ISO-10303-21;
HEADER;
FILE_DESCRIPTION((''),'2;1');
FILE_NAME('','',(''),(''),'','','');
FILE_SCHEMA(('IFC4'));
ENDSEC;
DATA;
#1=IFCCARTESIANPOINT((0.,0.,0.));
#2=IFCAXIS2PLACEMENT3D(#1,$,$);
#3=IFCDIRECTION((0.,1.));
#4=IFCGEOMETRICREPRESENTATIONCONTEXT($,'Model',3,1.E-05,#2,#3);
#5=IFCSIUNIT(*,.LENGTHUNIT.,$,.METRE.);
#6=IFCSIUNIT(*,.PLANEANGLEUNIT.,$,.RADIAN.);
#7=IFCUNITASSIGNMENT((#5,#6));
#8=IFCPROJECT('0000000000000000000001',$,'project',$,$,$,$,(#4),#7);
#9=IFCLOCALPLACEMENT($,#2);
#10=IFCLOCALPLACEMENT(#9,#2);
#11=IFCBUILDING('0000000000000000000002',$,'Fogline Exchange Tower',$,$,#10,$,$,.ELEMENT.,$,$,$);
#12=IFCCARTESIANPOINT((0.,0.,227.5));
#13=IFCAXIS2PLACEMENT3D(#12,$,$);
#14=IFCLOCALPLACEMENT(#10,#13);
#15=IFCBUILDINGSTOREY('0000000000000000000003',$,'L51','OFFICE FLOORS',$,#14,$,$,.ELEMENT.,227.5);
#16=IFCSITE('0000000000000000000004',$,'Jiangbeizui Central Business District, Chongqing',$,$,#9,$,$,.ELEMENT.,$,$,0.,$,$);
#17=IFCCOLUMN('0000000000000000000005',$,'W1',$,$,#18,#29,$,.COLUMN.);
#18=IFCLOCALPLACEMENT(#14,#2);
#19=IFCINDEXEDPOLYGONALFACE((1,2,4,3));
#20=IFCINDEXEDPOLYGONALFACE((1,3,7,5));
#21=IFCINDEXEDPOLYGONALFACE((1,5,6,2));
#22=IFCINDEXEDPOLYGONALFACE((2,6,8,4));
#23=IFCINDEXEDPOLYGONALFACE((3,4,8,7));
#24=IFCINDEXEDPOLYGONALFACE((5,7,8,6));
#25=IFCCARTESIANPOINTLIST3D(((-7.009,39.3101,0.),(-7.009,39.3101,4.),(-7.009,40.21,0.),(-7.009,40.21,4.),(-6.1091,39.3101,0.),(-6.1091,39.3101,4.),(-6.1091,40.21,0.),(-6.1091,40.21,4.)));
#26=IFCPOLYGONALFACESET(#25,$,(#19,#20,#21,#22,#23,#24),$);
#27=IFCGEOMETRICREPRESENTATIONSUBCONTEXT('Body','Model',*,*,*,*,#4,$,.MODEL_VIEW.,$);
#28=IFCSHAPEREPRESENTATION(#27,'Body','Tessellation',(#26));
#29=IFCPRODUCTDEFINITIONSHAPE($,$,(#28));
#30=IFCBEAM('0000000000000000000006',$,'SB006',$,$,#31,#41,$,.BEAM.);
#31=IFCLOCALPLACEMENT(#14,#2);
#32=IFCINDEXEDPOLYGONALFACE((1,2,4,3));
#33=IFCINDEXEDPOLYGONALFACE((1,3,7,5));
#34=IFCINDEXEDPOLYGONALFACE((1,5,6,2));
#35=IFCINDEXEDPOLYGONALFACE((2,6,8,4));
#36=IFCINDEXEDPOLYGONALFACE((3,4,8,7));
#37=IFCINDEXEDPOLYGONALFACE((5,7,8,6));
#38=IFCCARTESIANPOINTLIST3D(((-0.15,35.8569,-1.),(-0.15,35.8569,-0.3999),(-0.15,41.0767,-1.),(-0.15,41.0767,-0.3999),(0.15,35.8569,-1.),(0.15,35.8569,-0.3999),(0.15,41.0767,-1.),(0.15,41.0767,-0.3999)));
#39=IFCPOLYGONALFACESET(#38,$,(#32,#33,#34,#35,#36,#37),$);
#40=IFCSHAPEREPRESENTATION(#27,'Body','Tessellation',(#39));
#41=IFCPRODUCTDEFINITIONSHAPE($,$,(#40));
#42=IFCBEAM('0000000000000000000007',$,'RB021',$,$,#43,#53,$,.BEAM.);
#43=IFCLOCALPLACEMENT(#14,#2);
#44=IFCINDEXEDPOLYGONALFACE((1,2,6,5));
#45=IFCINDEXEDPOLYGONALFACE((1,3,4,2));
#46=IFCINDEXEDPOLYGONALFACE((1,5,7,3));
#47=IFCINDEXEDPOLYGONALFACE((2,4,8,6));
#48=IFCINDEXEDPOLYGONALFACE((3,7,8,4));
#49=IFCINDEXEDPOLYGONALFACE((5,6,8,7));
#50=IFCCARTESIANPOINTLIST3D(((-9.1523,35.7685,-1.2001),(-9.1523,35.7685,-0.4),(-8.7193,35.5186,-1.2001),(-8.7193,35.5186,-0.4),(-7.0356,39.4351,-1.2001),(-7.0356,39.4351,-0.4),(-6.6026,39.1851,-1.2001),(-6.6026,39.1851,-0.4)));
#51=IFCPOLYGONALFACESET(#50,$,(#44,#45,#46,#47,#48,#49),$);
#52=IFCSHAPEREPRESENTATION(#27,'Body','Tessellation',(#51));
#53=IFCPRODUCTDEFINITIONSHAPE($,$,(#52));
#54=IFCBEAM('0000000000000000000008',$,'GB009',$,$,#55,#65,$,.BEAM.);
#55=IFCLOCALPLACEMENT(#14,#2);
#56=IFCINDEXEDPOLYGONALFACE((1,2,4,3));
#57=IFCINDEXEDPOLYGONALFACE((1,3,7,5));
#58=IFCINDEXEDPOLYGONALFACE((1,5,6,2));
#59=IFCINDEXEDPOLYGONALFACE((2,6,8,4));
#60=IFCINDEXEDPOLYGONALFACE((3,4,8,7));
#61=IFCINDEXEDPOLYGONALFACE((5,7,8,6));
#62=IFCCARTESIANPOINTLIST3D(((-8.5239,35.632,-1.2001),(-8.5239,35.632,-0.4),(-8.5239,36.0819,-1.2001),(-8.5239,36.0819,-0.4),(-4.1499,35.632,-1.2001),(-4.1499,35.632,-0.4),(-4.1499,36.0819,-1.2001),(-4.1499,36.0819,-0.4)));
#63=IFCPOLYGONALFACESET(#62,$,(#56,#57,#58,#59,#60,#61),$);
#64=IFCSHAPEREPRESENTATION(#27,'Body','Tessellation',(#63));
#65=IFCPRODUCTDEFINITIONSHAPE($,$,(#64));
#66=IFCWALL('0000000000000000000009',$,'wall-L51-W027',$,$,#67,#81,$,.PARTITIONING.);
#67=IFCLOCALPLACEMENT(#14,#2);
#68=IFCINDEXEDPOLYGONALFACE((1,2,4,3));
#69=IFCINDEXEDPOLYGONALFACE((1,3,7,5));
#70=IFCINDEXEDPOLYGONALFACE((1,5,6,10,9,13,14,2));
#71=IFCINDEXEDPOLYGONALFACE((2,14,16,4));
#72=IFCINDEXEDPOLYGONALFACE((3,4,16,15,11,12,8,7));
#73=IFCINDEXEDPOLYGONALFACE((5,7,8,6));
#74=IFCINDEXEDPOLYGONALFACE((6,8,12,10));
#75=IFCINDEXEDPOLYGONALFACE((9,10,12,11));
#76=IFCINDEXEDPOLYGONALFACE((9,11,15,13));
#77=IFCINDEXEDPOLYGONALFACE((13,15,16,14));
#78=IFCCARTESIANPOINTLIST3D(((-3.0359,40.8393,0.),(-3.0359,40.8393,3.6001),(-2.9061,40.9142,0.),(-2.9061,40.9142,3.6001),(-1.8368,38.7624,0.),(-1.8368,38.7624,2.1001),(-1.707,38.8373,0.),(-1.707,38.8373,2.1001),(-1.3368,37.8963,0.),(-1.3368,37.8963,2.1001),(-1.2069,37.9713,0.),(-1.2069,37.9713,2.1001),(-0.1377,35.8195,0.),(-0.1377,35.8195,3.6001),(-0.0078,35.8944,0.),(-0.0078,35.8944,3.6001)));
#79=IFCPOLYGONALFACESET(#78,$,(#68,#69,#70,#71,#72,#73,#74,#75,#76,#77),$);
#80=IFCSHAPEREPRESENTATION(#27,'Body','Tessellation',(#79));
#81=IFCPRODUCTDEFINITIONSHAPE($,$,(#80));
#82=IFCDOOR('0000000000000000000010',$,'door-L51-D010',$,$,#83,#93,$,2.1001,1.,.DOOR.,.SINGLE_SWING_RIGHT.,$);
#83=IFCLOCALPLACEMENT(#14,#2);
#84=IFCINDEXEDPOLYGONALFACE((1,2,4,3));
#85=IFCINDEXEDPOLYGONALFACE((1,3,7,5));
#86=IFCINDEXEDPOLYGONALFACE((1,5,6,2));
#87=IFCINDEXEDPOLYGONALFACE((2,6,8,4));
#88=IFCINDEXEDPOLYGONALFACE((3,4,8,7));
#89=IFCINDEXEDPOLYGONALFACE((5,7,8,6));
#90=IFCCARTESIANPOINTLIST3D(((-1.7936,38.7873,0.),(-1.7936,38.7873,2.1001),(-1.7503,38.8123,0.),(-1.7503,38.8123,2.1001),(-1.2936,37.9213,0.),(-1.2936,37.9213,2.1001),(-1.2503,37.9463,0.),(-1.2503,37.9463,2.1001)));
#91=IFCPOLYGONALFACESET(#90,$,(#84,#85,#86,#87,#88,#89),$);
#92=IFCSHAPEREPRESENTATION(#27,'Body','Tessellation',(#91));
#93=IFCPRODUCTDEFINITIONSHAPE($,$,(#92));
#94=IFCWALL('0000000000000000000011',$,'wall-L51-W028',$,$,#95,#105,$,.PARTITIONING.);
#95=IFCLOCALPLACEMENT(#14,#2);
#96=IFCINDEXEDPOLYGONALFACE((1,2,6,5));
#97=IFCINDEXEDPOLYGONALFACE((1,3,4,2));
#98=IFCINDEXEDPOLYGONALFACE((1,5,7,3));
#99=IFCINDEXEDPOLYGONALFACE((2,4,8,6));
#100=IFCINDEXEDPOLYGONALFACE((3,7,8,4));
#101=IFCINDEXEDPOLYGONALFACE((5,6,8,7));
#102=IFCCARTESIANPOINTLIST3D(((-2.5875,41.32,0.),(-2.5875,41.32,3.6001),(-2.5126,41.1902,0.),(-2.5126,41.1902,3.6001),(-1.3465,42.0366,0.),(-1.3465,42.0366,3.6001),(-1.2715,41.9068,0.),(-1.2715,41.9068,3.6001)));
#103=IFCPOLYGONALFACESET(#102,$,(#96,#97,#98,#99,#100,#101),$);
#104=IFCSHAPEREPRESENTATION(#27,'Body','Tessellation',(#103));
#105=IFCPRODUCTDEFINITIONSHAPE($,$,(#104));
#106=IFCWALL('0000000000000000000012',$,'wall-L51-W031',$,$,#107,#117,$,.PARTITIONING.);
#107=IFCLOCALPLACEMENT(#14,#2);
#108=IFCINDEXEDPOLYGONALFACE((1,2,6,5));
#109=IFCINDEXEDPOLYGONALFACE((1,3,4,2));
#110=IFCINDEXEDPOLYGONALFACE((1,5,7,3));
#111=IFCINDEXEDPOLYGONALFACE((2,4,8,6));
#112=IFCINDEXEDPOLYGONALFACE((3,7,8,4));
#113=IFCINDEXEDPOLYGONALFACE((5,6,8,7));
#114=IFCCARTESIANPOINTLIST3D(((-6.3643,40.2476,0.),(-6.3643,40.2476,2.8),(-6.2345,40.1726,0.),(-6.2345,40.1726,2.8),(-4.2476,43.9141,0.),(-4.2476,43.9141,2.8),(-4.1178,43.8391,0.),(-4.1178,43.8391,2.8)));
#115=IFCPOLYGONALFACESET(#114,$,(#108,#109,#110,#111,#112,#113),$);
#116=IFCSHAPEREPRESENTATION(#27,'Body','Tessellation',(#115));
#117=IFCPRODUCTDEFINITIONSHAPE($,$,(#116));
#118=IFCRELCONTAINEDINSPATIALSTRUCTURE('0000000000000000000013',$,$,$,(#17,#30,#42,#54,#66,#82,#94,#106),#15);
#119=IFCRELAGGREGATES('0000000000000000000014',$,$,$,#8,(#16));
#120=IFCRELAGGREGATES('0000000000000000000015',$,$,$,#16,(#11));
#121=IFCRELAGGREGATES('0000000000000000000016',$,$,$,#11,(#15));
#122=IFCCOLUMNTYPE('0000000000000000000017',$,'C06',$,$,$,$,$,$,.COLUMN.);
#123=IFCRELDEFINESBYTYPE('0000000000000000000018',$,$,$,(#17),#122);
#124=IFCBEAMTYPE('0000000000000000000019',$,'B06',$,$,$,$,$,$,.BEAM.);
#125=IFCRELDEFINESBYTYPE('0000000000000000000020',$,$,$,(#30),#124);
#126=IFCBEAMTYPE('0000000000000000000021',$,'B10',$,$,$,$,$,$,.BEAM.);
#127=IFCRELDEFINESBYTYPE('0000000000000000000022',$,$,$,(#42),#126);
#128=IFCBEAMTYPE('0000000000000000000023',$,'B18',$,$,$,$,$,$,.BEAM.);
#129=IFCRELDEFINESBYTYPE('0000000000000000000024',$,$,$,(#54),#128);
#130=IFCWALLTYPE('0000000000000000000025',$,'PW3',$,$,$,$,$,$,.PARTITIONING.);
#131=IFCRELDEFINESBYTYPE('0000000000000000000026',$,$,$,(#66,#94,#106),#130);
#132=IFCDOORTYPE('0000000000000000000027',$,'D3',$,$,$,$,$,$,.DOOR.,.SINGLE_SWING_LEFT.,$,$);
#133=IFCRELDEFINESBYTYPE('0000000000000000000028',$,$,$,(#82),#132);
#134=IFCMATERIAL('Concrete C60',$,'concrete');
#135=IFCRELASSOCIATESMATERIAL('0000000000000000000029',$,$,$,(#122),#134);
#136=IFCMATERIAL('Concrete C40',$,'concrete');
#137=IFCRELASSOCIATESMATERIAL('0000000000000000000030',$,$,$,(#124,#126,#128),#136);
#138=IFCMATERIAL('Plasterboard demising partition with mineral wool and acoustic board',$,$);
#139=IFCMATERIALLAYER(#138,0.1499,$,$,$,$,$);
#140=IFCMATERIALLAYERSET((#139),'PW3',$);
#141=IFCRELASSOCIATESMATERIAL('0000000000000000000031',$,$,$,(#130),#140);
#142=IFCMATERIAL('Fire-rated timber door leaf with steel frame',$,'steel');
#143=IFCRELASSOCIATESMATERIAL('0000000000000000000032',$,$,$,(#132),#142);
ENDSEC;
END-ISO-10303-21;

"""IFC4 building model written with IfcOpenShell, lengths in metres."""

from ifc_helpers import new_model, si_unit, direction, frame, frame_2d, origin, origin_2d, place, context, subcontext, project, spatial, rectangle, extrude, material, layer, layer_set, material_profile, profile_set, type_object, element, fill, save


model = new_model("IFC4")

# Units and contexts
model_context = context("Model", 3, precision=1e-05, world=origin(), true_north=direction((0.0, 1.0)))
body_context = subcontext(model_context, "Body", "Model", "MODEL_VIEW")
ifc_project = project(units=[si_unit("LENGTHUNIT", "METRE"), si_unit("PLANEANGLEUNIT", "RADIAN")], contexts=[model_context])

# Site, building, storey
site_placement = place(None, origin())
site = spatial("IfcSite", under=ifc_project, at=site_placement, Name="Jiangbeizui Central Business District, Chongqing", CompositionType="ELEMENT", RefElevation=0.0)
building_placement = place(site_placement, origin())
building = spatial("IfcBuilding", under=site, at=building_placement, Name="Fogline Exchange Tower", CompositionType="ELEMENT")
storey_placement = place(building_placement, frame((0.0, 0.0, 227.5)))
storey = spatial("IfcBuildingStorey", under=building, at=storey_placement, Name="L51", Description="OFFICE FLOORS", CompositionType="ELEMENT", Elevation=227.5)

# Column
ifc_material_1 = material(Name="Concrete C60", Category="concrete")
ifc_material_profile_1 = material_profile(ifc_material_1, rectangle(XDim=0.8999, YDim=0.8999, at=origin_2d()), Name="RC 900x900")
ifc_profile_set_1 = profile_set([ifc_material_profile_1], Name="Concrete C60")
column_type = type_object("IfcColumnType", Name="C06", PredefinedType="COLUMN", material=ifc_profile_set_1)
column_placement = place(storey_placement, frame((-6.5591, 39.76, 0.0), z_axis=(0.0, 0.0, 1.0), x_axis=(1.0, 0.0, 0.0)))
element("IfcColumn", 1, at=column_placement, inside=storey, type_object=column_type, Name="W1", PredefinedType="COLUMN", context=body_context, shape_type="SweptSolid", body=[
    extrude(rectangle(XDim=0.8999, YDim=0.8999, at=origin_2d()), origin(), (0.0, 0.0, 1.0), 4.0),
])

# Beams
ifc_material_2 = material(Name="Concrete C40", Category="concrete")
ifc_material_profile_2 = material_profile(ifc_material_2, rectangle(XDim=0.3, YDim=0.6001, at=origin_2d()), Name="RC 300x600")
ifc_profile_set_2 = profile_set([ifc_material_profile_2], Name="Concrete C40")
beam_type_1 = type_object("IfcBeamType", Name="B06", PredefinedType="BEAM", material=ifc_profile_set_2)
beam_1_placement = place(storey_placement, frame((0.0, 35.8569, -0.7), z_axis=(0.0, 1.0, 0.0), x_axis=(-1.0, 0.0, 0.0)))
element("IfcBeam", 2, at=beam_1_placement, inside=storey, type_object=beam_type_1, Name="SB006", PredefinedType="BEAM", context=body_context, shape_type="SweptSolid", body=[
    extrude(rectangle(XDim=0.3, YDim=0.6001, at=origin_2d()), origin(), (0.0, 0.0, 1.0), 5.2197),
])
ifc_material_profile_3 = material_profile(ifc_material_2, rectangle(XDim=0.5, YDim=0.8, at=origin_2d()), Name="RC 500x800")
ifc_profile_set_3 = profile_set([ifc_material_profile_3], Name="Concrete C40")
beam_type_2 = type_object("IfcBeamType", Name="B10", PredefinedType="BEAM", material=ifc_profile_set_3)
beam_2_placement = place(storey_placement, frame((-6.8191, 39.3101, -0.8), z_axis=(-0.499972, -0.866042, 0.0), x_axis=(0.866042, -0.499972, 0.0)))
element("IfcBeam", 3, at=beam_2_placement, inside=storey, type_object=beam_type_2, Name="RB021", PredefinedType="BEAM", context=body_context, shape_type="SweptSolid", body=[
    extrude(rectangle(XDim=0.5, YDim=0.8, at=origin_2d()), origin(), (0.0, 0.0, 1.0), 4.2336),
])
ifc_material_profile_4 = material_profile(ifc_material_2, rectangle(XDim=0.45, YDim=0.8, at=origin_2d()), Name="RC 450x800")
ifc_profile_set_4 = profile_set([ifc_material_profile_4], Name="Concrete C40")
beam_type_3 = type_object("IfcBeamType", Name="B18", PredefinedType="BEAM", material=ifc_profile_set_4)
beam_3_placement = place(storey_placement, frame((-8.5239, 35.8569, -0.8), z_axis=(1.0, 0.0, 0.0), x_axis=(0.0, 1.0, 0.0)))
element("IfcBeam", 4, at=beam_3_placement, inside=storey, type_object=beam_type_3, Name="GB009", PredefinedType="BEAM", context=body_context, shape_type="SweptSolid", body=[
    extrude(rectangle(XDim=0.45, YDim=0.8, at=origin_2d()), origin(), (0.0, 0.0, 1.0), 4.374),
])

# Wall, opening, door
ifc_material_3 = material(Name="Plasterboard demising partition with mineral wool and acoustic board")
ifc_layer = layer(ifc_material_3, 0.1499)
ifc_layer_set = layer_set([ifc_layer], Name="PW3")
wall_type = type_object("IfcWallType", Name="PW3", PredefinedType="PARTITIONING", material=ifc_layer_set)
wall_1_placement = place(storey_placement, frame((-0.0728, 35.8569, 0.0), z_axis=(0.0, 0.0, 1.0), x_axis=(-0.500003, 0.866024, 0.0)))
wall_1 = element("IfcWall", 5, at=wall_1_placement, inside=storey, type_object=wall_type, Name="wall-L51-W027", PredefinedType="PARTITIONING", context=body_context, shape_type="SweptSolid", body=[
    extrude(rectangle(XDim=5.7964, YDim=0.1499, at=frame_2d((2.8982, 0.0))), origin(), (0.0, 0.0, 1.0), 3.6001),
])
opening_placement = place(wall_1_placement, frame((2.3982, 0.0, 0.0)))
opening = element("IfcOpeningElement", 6, at=opening_placement, cuts=wall_1, PredefinedType="OPENING", context=body_context, shape_type="SweptSolid", body=[
    extrude(rectangle(XDim=1.0, YDim=2.1001, at=frame_2d((0.5, 1.05))), frame((0.0, 0.085, 0.0), z_axis=(0.0, -1.0, 0.0), x_axis=(1.0, 0.0, 0.0)), (0.0, 0.0, 1.0), 0.1699),
])
ifc_material_4 = material(Name="Fire-rated timber door leaf with steel frame", Category="steel")
door_type = type_object("IfcDoorType", Name="D3", OperationType="SINGLE_SWING_LEFT", PredefinedType="DOOR", material=ifc_material_4)
door_placement = place(opening_placement, frame((1.0, 0.0, 0.0), z_axis=(0.0, 0.0, 1.0), x_axis=(-1.0, 0.0, 0.0)))
door = element("IfcDoor", 7, at=door_placement, inside=storey, type_object=door_type, Name="door-L51-D010", OperationType="SINGLE_SWING_RIGHT", OverallHeight=2.1001, OverallWidth=1.0, PredefinedType="DOOR", context=body_context, shape_type="SweptSolid", body=[
    extrude(rectangle(XDim=1.0, YDim=2.1001, at=frame_2d((0.5, 1.05))), frame((0.0, 0.0249, 0.0), z_axis=(0.0, -1.0, 0.0), x_axis=(1.0, 0.0, 0.0)), (0.0, 0.0, 1.0), 0.05),
])
fill(opening, door)

# Walls
wall_2_placement = place(storey_placement, frame((-2.55, 41.2551, 0.0), z_axis=(0.0, 0.0, 1.0), x_axis=(0.866001, 0.500042, 0.0)))
element("IfcWall", 8, at=wall_2_placement, inside=storey, type_object=wall_type, Name="wall-L51-W028", PredefinedType="PARTITIONING", context=body_context, shape_type="SweptSolid", body=[
    extrude(rectangle(XDim=1.4331, YDim=0.1499, at=frame_2d((0.7166, 0.0))), origin(), (0.0, 0.0, 1.0), 3.6001),
])
wall_3_placement = place(storey_placement, frame((-6.2993, 40.2102, 0.0), z_axis=(0.0, 0.0, 1.0), x_axis=(0.499972, 0.866042, 0.0)))
element("IfcWall", 9, at=wall_3_placement, inside=storey, type_object=wall_type, Name="wall-L51-W031", PredefinedType="PARTITIONING", context=body_context, shape_type="SweptSolid", body=[
    extrude(rectangle(XDim=4.2336, YDim=0.1499, at=frame_2d((2.1167, 0.0))), origin(), (0.0, 0.0, 1.0), 2.8),
])

save(model, "model.ifc")
